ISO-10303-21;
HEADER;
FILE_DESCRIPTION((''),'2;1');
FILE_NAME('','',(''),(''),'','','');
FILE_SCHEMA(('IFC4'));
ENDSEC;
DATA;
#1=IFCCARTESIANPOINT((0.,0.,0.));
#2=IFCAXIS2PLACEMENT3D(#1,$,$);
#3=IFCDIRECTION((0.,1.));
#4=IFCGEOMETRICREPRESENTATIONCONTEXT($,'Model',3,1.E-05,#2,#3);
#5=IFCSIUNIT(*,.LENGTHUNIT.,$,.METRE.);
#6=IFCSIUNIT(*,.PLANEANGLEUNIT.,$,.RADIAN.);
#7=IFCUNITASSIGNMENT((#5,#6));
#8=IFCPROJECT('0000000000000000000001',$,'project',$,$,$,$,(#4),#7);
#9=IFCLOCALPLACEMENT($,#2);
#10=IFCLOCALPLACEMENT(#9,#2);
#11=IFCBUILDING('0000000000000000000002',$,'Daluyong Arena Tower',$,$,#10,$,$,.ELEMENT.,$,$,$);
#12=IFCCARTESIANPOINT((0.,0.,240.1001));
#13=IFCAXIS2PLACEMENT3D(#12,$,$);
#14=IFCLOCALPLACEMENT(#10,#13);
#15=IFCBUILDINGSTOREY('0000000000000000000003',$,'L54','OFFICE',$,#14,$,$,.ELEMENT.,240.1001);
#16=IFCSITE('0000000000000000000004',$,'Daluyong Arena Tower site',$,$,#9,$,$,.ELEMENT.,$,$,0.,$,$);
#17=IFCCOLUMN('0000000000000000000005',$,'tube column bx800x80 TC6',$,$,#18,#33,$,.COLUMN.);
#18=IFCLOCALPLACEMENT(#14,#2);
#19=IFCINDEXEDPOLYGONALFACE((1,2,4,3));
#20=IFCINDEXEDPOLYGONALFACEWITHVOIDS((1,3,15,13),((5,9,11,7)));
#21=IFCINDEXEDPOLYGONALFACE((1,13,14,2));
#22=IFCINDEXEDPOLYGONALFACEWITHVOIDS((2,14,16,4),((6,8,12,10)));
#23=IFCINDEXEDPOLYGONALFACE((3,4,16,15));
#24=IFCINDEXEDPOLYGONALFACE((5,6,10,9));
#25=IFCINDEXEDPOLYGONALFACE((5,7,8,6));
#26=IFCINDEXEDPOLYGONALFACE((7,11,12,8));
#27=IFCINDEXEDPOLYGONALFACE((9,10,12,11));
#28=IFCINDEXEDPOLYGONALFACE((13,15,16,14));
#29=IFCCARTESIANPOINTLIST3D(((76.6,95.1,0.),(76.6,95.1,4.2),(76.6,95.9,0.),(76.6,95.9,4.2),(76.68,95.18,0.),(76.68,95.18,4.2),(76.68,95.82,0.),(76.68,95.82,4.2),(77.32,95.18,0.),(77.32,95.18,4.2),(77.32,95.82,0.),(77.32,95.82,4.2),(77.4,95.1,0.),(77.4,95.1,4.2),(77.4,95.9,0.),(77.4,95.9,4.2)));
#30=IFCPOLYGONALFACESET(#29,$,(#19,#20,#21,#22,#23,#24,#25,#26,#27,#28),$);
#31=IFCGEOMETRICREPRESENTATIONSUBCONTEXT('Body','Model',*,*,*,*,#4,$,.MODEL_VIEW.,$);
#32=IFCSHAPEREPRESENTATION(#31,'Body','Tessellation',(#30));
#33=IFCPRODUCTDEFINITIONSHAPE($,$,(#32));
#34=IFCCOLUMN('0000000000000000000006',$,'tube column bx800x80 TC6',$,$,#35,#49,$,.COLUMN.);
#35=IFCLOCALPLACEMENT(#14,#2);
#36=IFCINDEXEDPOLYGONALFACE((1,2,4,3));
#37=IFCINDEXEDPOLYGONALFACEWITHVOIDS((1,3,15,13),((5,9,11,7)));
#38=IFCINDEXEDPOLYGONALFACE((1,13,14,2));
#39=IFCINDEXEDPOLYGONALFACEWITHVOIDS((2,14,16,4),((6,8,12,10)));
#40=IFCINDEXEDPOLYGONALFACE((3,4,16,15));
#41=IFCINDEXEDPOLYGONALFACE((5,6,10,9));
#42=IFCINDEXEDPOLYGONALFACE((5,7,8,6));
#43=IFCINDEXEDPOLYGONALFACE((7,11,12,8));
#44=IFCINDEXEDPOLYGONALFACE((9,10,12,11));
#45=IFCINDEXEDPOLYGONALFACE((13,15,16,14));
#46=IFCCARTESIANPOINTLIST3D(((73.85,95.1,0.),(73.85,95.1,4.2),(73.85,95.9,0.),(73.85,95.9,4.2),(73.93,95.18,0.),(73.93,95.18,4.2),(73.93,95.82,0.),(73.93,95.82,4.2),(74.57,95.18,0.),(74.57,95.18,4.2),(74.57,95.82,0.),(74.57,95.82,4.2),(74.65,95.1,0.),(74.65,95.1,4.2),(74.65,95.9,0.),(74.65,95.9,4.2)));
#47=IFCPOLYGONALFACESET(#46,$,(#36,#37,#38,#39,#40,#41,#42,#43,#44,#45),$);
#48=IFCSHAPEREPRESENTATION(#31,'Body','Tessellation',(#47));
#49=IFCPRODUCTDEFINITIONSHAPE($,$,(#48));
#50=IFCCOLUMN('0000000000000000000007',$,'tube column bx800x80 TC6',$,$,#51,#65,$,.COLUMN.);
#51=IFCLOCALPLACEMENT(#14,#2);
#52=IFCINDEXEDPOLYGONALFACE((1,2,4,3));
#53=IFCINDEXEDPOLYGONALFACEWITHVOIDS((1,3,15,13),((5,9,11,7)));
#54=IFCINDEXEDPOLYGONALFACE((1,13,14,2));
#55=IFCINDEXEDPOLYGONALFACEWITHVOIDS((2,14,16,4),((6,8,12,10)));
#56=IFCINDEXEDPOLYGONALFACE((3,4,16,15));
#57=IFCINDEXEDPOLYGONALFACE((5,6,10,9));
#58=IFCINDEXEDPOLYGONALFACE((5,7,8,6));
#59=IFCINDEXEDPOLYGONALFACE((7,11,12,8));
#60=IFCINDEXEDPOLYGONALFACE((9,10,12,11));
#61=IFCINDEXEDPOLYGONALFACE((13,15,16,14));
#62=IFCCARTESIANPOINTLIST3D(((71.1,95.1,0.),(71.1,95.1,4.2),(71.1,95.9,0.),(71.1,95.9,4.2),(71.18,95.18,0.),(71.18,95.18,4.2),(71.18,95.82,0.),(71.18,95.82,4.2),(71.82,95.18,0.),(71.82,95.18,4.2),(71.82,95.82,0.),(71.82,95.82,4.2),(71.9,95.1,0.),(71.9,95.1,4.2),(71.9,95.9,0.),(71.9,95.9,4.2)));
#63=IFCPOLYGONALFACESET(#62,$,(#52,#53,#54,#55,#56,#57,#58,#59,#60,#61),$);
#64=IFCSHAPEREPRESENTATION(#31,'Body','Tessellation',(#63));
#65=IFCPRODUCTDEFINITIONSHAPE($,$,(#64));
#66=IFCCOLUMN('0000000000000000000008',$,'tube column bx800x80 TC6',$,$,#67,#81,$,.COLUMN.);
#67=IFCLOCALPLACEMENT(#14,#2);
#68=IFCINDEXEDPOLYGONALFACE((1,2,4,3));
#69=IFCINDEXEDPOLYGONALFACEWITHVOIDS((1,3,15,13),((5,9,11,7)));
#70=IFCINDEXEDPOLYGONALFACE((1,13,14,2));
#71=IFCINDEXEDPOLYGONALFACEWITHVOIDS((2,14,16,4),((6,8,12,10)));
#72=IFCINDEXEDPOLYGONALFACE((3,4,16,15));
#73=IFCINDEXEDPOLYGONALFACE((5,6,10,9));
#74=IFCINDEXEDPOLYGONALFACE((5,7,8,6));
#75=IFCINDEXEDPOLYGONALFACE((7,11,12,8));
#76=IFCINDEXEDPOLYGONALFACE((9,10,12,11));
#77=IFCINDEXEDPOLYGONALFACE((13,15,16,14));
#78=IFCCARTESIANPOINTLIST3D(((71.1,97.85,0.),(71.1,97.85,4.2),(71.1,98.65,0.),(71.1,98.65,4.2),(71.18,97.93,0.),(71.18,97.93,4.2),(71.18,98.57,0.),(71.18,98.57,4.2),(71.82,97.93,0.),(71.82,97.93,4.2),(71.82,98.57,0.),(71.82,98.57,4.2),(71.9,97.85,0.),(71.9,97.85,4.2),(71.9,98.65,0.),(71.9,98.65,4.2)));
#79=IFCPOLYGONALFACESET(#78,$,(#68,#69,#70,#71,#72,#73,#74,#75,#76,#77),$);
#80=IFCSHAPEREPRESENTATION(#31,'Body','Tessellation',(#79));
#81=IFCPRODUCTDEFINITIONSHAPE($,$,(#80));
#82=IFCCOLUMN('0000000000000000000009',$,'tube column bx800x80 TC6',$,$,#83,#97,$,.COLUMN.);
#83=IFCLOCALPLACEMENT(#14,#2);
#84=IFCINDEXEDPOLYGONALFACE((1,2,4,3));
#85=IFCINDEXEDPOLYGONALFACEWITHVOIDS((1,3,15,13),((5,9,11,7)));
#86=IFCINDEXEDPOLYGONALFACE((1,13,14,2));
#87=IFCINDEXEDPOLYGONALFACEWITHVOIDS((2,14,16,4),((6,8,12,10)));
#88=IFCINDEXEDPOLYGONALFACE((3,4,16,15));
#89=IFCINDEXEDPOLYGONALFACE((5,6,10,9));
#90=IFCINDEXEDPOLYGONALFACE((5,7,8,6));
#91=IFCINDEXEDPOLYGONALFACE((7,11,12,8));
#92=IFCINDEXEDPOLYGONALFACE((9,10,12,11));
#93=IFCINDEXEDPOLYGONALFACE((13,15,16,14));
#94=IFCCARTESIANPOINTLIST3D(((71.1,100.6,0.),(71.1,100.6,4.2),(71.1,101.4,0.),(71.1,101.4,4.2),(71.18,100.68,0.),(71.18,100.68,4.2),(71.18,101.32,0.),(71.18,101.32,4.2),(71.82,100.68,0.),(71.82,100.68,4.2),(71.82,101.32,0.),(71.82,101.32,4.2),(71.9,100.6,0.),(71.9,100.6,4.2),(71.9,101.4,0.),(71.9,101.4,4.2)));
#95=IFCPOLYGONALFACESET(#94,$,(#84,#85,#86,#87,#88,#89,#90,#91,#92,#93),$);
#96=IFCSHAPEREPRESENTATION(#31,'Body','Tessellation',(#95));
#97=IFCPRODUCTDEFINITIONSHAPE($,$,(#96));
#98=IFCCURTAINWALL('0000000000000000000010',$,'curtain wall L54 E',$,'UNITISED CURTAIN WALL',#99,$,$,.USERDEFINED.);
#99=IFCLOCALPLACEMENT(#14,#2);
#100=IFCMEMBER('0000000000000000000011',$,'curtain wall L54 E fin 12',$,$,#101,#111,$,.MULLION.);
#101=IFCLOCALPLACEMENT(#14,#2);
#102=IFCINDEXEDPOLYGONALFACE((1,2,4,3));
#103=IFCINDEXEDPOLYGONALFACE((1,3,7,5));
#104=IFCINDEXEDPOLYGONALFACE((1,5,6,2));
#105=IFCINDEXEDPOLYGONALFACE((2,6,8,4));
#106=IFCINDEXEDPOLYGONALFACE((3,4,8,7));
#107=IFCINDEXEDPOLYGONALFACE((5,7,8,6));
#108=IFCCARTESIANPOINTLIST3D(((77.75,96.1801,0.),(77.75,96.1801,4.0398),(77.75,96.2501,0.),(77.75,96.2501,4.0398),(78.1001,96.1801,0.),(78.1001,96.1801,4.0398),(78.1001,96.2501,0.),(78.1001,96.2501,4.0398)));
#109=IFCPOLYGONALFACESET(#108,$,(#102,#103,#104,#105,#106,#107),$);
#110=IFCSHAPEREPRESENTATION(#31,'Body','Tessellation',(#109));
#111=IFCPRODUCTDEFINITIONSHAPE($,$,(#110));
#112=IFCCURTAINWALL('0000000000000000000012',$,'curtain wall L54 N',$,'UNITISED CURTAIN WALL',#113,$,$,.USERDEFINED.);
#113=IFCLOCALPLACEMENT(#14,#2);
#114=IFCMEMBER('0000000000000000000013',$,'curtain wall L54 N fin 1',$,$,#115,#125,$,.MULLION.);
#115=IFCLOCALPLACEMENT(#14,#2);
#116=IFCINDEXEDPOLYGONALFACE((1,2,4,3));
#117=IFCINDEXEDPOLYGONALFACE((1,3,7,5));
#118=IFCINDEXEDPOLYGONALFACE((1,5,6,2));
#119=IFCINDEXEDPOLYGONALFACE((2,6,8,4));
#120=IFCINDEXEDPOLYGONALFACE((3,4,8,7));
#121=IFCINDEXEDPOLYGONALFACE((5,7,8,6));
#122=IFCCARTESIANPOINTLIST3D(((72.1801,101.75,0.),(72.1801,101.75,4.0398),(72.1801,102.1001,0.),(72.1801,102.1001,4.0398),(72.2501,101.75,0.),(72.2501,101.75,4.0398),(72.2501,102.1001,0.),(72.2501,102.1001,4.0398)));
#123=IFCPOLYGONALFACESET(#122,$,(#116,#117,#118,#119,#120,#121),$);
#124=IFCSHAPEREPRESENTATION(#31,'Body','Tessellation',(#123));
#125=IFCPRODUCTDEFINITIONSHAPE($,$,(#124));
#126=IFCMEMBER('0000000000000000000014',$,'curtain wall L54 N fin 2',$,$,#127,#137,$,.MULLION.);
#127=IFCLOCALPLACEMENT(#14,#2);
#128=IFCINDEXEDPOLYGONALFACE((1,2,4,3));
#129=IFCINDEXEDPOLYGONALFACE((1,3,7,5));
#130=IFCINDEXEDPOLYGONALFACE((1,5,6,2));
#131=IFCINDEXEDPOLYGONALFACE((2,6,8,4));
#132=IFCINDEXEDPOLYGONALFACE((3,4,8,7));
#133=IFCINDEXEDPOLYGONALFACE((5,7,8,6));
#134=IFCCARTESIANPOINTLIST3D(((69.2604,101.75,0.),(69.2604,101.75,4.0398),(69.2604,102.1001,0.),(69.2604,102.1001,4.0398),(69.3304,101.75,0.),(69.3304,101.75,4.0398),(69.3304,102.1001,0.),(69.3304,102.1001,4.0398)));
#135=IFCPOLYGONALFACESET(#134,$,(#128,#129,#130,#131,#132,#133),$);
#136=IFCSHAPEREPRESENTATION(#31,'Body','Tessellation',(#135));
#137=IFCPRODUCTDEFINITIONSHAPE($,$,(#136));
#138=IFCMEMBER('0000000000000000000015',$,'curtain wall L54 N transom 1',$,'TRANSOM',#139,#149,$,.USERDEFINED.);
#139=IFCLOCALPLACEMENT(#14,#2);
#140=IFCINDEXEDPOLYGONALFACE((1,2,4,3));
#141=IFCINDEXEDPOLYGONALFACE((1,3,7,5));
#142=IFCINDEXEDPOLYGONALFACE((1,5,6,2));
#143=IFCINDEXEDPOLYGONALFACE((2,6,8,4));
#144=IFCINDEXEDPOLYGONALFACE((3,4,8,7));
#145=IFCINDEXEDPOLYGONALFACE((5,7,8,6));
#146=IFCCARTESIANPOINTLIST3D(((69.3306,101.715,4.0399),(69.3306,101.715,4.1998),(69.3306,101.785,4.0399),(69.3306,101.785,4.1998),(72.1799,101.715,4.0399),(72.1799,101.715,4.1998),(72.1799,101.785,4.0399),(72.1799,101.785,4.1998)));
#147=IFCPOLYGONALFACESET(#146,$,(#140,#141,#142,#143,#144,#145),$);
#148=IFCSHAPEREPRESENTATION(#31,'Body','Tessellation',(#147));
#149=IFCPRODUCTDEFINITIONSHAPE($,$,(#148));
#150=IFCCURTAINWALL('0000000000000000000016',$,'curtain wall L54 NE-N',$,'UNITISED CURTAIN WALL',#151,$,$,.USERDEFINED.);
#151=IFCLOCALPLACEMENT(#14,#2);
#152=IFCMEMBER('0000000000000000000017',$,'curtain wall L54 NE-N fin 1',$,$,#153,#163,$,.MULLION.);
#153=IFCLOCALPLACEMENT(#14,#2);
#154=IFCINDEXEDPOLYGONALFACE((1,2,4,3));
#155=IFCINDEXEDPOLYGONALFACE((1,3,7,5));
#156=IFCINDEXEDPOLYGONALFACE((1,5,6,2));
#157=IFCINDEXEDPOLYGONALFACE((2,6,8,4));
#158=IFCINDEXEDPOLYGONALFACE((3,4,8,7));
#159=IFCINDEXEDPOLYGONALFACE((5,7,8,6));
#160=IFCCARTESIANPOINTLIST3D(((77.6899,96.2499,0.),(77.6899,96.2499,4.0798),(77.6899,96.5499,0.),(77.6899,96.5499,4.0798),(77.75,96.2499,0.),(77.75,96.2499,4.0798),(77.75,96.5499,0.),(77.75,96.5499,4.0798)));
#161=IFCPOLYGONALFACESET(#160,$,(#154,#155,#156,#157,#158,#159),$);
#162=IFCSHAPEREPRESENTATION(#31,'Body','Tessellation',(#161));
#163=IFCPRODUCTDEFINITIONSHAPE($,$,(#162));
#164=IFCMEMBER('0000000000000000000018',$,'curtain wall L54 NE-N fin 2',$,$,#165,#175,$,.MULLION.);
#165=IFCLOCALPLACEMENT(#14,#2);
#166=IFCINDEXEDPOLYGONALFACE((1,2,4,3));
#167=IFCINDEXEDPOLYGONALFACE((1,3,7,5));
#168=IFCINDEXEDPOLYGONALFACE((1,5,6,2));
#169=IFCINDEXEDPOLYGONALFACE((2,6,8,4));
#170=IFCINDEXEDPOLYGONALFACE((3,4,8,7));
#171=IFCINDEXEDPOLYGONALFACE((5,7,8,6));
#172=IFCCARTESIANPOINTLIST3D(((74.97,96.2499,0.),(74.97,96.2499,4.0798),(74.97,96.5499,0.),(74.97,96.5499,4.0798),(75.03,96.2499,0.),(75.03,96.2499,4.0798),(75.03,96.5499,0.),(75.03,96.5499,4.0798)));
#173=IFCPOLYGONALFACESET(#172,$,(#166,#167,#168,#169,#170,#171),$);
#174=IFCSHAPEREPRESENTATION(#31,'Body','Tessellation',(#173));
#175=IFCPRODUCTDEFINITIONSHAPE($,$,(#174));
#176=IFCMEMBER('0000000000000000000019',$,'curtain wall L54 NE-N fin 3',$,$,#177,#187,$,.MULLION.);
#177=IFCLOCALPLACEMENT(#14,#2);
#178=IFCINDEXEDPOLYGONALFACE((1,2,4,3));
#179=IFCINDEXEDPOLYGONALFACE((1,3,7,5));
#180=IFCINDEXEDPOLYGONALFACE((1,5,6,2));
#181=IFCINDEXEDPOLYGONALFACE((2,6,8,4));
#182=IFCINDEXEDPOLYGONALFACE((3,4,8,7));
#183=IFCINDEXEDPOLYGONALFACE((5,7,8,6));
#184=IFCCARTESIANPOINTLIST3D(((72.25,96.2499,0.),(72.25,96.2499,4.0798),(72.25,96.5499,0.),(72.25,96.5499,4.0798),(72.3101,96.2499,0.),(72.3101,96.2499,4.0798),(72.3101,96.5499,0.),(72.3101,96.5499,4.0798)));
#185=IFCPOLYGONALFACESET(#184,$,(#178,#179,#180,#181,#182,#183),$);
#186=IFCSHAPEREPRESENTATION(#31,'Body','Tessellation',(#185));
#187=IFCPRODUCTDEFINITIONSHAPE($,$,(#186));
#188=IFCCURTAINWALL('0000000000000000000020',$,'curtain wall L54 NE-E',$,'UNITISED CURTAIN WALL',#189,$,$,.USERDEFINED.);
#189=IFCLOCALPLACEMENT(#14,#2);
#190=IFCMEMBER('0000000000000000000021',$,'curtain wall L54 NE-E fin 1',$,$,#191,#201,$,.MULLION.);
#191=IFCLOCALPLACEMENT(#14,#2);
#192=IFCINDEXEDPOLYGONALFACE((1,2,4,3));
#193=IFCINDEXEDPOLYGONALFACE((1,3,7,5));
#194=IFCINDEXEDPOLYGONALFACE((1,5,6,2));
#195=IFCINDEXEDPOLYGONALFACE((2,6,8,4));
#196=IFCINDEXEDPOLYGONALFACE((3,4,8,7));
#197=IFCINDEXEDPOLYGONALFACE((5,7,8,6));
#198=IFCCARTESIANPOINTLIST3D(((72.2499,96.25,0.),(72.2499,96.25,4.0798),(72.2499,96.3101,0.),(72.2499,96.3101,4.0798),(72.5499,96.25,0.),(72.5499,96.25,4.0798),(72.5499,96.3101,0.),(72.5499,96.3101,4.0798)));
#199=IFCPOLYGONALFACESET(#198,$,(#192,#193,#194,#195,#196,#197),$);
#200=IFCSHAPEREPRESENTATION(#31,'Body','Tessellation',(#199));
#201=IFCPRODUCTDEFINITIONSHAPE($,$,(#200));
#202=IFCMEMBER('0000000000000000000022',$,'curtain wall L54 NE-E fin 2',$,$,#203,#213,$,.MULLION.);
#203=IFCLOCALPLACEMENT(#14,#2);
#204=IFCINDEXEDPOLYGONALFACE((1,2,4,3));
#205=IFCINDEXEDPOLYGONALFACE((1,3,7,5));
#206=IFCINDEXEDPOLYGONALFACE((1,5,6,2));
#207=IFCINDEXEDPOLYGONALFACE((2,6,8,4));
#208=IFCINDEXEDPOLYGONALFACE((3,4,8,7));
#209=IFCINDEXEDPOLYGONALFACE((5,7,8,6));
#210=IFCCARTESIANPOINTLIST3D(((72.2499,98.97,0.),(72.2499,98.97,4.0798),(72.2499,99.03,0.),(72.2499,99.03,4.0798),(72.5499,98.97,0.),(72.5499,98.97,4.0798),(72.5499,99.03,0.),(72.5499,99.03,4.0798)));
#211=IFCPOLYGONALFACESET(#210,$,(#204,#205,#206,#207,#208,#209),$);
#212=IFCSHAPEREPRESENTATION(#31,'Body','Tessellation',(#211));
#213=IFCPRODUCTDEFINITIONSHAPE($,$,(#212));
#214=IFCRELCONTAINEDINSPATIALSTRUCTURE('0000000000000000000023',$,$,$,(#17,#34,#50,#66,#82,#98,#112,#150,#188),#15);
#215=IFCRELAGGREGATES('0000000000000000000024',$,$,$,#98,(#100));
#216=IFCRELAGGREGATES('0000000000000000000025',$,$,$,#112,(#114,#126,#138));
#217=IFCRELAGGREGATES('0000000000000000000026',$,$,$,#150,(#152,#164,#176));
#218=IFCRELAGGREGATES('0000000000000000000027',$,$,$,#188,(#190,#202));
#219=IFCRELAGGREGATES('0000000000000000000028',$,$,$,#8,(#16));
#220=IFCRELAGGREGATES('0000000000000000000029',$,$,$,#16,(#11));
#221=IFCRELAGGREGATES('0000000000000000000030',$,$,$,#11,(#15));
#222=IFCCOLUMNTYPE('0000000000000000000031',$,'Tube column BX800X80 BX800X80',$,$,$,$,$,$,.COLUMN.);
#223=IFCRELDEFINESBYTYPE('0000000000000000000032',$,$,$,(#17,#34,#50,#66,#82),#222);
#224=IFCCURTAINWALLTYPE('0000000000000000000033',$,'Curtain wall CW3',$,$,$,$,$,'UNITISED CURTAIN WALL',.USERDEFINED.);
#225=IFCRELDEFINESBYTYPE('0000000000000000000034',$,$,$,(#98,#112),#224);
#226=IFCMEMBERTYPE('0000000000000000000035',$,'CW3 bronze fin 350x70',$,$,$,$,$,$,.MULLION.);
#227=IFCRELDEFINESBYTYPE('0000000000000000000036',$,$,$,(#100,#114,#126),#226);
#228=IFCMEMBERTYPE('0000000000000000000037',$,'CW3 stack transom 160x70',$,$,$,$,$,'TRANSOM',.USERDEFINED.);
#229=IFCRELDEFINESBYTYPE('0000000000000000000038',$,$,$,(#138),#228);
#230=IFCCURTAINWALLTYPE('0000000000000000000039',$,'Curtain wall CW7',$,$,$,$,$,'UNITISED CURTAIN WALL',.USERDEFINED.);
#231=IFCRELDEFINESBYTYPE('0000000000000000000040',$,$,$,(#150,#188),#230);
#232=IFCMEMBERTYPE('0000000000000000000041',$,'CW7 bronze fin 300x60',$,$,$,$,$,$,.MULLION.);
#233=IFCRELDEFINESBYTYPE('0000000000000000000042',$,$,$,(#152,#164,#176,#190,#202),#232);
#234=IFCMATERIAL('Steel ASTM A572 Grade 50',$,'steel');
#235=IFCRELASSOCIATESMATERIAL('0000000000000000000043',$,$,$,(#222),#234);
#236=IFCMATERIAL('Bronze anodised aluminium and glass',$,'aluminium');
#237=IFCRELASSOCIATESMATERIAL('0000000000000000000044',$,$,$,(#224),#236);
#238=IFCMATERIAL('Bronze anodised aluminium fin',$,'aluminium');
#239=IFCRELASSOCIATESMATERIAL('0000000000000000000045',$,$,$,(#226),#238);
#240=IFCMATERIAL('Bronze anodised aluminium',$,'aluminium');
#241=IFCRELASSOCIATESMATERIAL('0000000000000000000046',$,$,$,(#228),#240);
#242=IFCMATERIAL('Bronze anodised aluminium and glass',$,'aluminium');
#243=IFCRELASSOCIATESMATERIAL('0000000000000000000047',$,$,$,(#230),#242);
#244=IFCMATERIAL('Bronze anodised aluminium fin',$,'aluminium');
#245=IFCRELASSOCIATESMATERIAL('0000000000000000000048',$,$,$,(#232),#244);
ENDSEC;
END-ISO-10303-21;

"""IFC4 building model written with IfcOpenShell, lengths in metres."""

from ifc_helpers import new_model, si_unit, direction, frame, origin, origin_2d, place, context, subcontext, project, spatial, rectangle, hollow_rectangle, extrude, material, material_profile, profile_set, type_object, element, aggregate, save


model = new_model("IFC4")

# Units and contexts
model_context = context("Model", 3, precision=1e-05, world=origin(), true_north=direction((0.0, 1.0)))
body_context = subcontext(model_context, "Body", "Model", "MODEL_VIEW")
ifc_project = project(units=[si_unit("LENGTHUNIT", "METRE"), si_unit("PLANEANGLEUNIT", "RADIAN")], contexts=[model_context])

# Site, building, storey
site_placement = place(None, origin())
site = spatial("IfcSite", under=ifc_project, at=site_placement, Name="Daluyong Arena Tower site", CompositionType="ELEMENT", RefElevation=0.0)
building_placement = place(site_placement, origin())
building = spatial("IfcBuilding", under=site, at=building_placement, Name="Daluyong Arena Tower", CompositionType="ELEMENT")
storey_placement = place(building_placement, frame((0.0, 0.0, 240.1001)))
storey = spatial("IfcBuildingStorey", under=building, at=storey_placement, Name="L54", Description="OFFICE", CompositionType="ELEMENT", Elevation=240.1001)

# Columns
ifc_material_1 = material(Name="Steel ASTM A572 Grade 50", Category="steel")
ifc_material_profile_1 = material_profile(ifc_material_1, hollow_rectangle(XDim=0.8, YDim=0.8, WallThickness=0.08, at=origin_2d()))
ifc_profile_set_1 = profile_set([ifc_material_profile_1], Name="Steel ASTM A572 Grade 50")
column_type = type_object("IfcColumnType", Name="Tube column BX800X80 BX800X80", PredefinedType="COLUMN", material=ifc_profile_set_1)
for number, where, z_axis, x_axis, name in (
    (1, (77.0, 95.5, 0.0), (0.0, 0.0, 1.0), (1.0, 0.0, 0.0), "tube column bx800x80 TC6"),
    (2, (74.25, 95.5, 0.0), (0.0, 0.0, 1.0), (1.0, 0.0, 0.0), "tube column bx800x80 TC6"),
    (3, (71.5, 95.5, 0.0), (0.0, 0.0, 1.0), (0.0, 1.0, 0.0), "tube column bx800x80 TC6"),
    (4, (71.5, 98.25, 0.0), (0.0, 0.0, 1.0), (0.0, 1.0, 0.0), "tube column bx800x80 TC6"),
    (5, (71.5, 101.0, 0.0), (0.0, 0.0, 1.0), (1.0, 0.0, 0.0), "tube column bx800x80 TC6"),
):
    element("IfcColumn", number, at=place(storey_placement, frame(where, z_axis=z_axis, x_axis=x_axis)), inside=storey, type_object=column_type, Name=name, PredefinedType="COLUMN", context=body_context, shape_type="SweptSolid", body=[
        extrude(hollow_rectangle(XDim=0.8, YDim=0.8, WallThickness=0.08, at=origin_2d()), origin(), (0.0, 0.0, 1.0), 4.2),
    ])

# Curtain wall, member
ifc_material_2 = material(Name="Bronze anodised aluminium and glass", Category="aluminium")
curtain_wall_type_1 = type_object("IfcCurtainWallType", Name="Curtain wall CW3", ElementType="UNITISED CURTAIN WALL", PredefinedType="USERDEFINED", material=ifc_material_2)
curtain_wall_1_placement = place(storey_placement, origin())
curtain_wall_1 = element("IfcCurtainWall", 6, at=curtain_wall_1_placement, inside=storey, type_object=curtain_wall_type_1, Name="curtain wall L54 E", ObjectType="UNITISED CURTAIN WALL", PredefinedType="USERDEFINED")
ifc_material_3 = material(Name="Bronze anodised aluminium fin", Category="aluminium")
ifc_material_profile_2 = material_profile(ifc_material_3, rectangle(XDim=0.3501, YDim=0.0701, at=origin_2d()))
ifc_profile_set_2 = profile_set([ifc_material_profile_2], Name="Bronze anodised aluminium fin")
member_type_1 = type_object("IfcMemberType", Name="CW3 bronze fin 350x70", PredefinedType="MULLION", material=ifc_profile_set_2)
member_1_placement = place(storey_placement, frame((77.925, 96.2151, 0.0), z_axis=(0.0, 0.0, 1.0), x_axis=(-1.0, 0.0, 0.0)))
member_1 = element("IfcMember", 7, at=member_1_placement, type_object=member_type_1, Name="curtain wall L54 E fin 12", PredefinedType="MULLION", context=body_context, shape_type="SweptSolid", body=[
    extrude(rectangle(XDim=0.3501, YDim=0.0701, at=origin_2d()), origin(), (0.0, 0.0, 1.0), 4.0398),
])

# Curtain walls, members
curtain_wall_2_placement = place(storey_placement, origin())
curtain_wall_2 = element("IfcCurtainWall", 8, at=curtain_wall_2_placement, inside=storey, type_object=curtain_wall_type_1, Name="curtain wall L54 N", ObjectType="UNITISED CURTAIN WALL", PredefinedType="USERDEFINED")
member_2_placement = place(storey_placement, frame((72.2151, 101.925, 0.0), z_axis=(0.0, 0.0, 1.0), x_axis=(0.0, -1.0, 0.0)))
member_2 = element("IfcMember", 9, at=member_2_placement, type_object=member_type_1, Name="curtain wall L54 N fin 1", PredefinedType="MULLION", context=body_context, shape_type="SweptSolid", body=[
    extrude(rectangle(XDim=0.3501, YDim=0.0701, at=origin_2d()), origin(), (0.0, 0.0, 1.0), 4.0398),
])
member_3_placement = place(storey_placement, frame((69.2954, 101.925, 0.0), z_axis=(0.0, 0.0, 1.0), x_axis=(0.0, -1.0, 0.0)))
member_3 = element("IfcMember", 10, at=member_3_placement, type_object=member_type_1, Name="curtain wall L54 N fin 2", PredefinedType="MULLION", context=body_context, shape_type="SweptSolid", body=[
    extrude(rectangle(XDim=0.3501, YDim=0.0701, at=origin_2d()), origin(), (0.0, 0.0, 1.0), 4.0398),
])
ifc_material_4 = material(Name="Bronze anodised aluminium", Category="aluminium")
ifc_material_profile_3 = material_profile(ifc_material_4, rectangle(XDim=0.0701, YDim=0.1599, at=origin_2d()))
ifc_profile_set_3 = profile_set([ifc_material_profile_3], Name="Bronze anodised aluminium")
member_type_2 = type_object("IfcMemberType", Name="CW3 stack transom 160x70", ElementType="TRANSOM", PredefinedType="USERDEFINED", material=ifc_profile_set_3)
member_4_placement = place(storey_placement, frame((72.1799, 101.75, 4.1199), z_axis=(-1.0, 0.0, 0.0), x_axis=(0.0, -1.0, 0.0)))
member_4 = element("IfcMember", 11, at=member_4_placement, type_object=member_type_2, Name="curtain wall L54 N transom 1", ObjectType="TRANSOM", PredefinedType="USERDEFINED", context=body_context, shape_type="SweptSolid", body=[
    extrude(rectangle(XDim=0.0701, YDim=0.1599, at=origin_2d()), origin(), (0.0, 0.0, 1.0), 2.8494),
])
ifc_material_5 = material(Name="Bronze anodised aluminium and glass", Category="aluminium")
curtain_wall_type_2 = type_object("IfcCurtainWallType", Name="Curtain wall CW7", ElementType="UNITISED CURTAIN WALL", PredefinedType="USERDEFINED", material=ifc_material_5)
curtain_wall_3_placement = place(storey_placement, origin())
curtain_wall_3 = element("IfcCurtainWall", 12, at=curtain_wall_3_placement, inside=storey, type_object=curtain_wall_type_2, Name="curtain wall L54 NE-N", ObjectType="UNITISED CURTAIN WALL", PredefinedType="USERDEFINED")
ifc_material_6 = material(Name="Bronze anodised aluminium fin", Category="aluminium")
ifc_material_profile_4 = material_profile(ifc_material_6, rectangle(XDim=0.3, YDim=0.0601, at=origin_2d()))
ifc_profile_set_4 = profile_set([ifc_material_profile_4], Name="Bronze anodised aluminium fin")
member_type_3 = type_object("IfcMemberType", Name="CW7 bronze fin 300x60", PredefinedType="MULLION", material=ifc_profile_set_4)
member_5_placement = place(storey_placement, frame((77.72, 96.3999, 0.0), z_axis=(0.0, 0.0, 1.0), x_axis=(0.0, -1.0, 0.0)))
member_5 = element("IfcMember", 13, at=member_5_placement, type_object=member_type_3, Name="curtain wall L54 NE-N fin 1", PredefinedType="MULLION", context=body_context, shape_type="SweptSolid", body=[
    extrude(rectangle(XDim=0.3, YDim=0.0601, at=origin_2d()), origin(), (0.0, 0.0, 1.0), 4.0798),
])
member_6_placement = place(storey_placement, frame((75.0, 96.3999, 0.0), z_axis=(0.0, 0.0, 1.0), x_axis=(0.0, -1.0, 0.0)))
member_6 = element("IfcMember", 14, at=member_6_placement, type_object=member_type_3, Name="curtain wall L54 NE-N fin 2", PredefinedType="MULLION", context=body_context, shape_type="SweptSolid", body=[
    extrude(rectangle(XDim=0.3, YDim=0.0601, at=origin_2d()), origin(), (0.0, 0.0, 1.0), 4.0798),
])
member_7_placement = place(storey_placement, frame((72.28, 96.3999, 0.0), z_axis=(0.0, 0.0, 1.0), x_axis=(0.0, -1.0, 0.0)))
member_7 = element("IfcMember", 15, at=member_7_placement, type_object=member_type_3, Name="curtain wall L54 NE-N fin 3", PredefinedType="MULLION", context=body_context, shape_type="SweptSolid", body=[
    extrude(rectangle(XDim=0.3, YDim=0.0601, at=origin_2d()), origin(), (0.0, 0.0, 1.0), 4.0798),
])
curtain_wall_4_placement = place(storey_placement, origin())
curtain_wall_4 = element("IfcCurtainWall", 16, at=curtain_wall_4_placement, inside=storey, type_object=curtain_wall_type_2, Name="curtain wall L54 NE-E", ObjectType="UNITISED CURTAIN WALL", PredefinedType="USERDEFINED")
member_8_placement = place(storey_placement, frame((72.3999, 96.28, 0.0), z_axis=(0.0, 0.0, 1.0), x_axis=(-1.0, 0.0, 0.0)))
member_8 = element("IfcMember", 17, at=member_8_placement, type_object=member_type_3, Name="curtain wall L54 NE-E fin 1", PredefinedType="MULLION", context=body_context, shape_type="SweptSolid", body=[
    extrude(rectangle(XDim=0.3, YDim=0.0601, at=origin_2d()), origin(), (0.0, 0.0, 1.0), 4.0798),
])
member_9_placement = place(storey_placement, frame((72.3999, 99.0, 0.0), z_axis=(0.0, 0.0, 1.0), x_axis=(-1.0, 0.0, 0.0)))
member_9 = element("IfcMember", 18, at=member_9_placement, type_object=member_type_3, Name="curtain wall L54 NE-E fin 2", PredefinedType="MULLION", context=body_context, shape_type="SweptSolid", body=[
    extrude(rectangle(XDim=0.3, YDim=0.0601, at=origin_2d()), origin(), (0.0, 0.0, 1.0), 4.0798),
])

aggregate(curtain_wall_1, [member_1])
aggregate(curtain_wall_2, [member_2, member_3, member_4])
aggregate(curtain_wall_3, [member_5, member_6, member_7])
aggregate(curtain_wall_4, [member_8, member_9])

save(model, "model.ifc")
